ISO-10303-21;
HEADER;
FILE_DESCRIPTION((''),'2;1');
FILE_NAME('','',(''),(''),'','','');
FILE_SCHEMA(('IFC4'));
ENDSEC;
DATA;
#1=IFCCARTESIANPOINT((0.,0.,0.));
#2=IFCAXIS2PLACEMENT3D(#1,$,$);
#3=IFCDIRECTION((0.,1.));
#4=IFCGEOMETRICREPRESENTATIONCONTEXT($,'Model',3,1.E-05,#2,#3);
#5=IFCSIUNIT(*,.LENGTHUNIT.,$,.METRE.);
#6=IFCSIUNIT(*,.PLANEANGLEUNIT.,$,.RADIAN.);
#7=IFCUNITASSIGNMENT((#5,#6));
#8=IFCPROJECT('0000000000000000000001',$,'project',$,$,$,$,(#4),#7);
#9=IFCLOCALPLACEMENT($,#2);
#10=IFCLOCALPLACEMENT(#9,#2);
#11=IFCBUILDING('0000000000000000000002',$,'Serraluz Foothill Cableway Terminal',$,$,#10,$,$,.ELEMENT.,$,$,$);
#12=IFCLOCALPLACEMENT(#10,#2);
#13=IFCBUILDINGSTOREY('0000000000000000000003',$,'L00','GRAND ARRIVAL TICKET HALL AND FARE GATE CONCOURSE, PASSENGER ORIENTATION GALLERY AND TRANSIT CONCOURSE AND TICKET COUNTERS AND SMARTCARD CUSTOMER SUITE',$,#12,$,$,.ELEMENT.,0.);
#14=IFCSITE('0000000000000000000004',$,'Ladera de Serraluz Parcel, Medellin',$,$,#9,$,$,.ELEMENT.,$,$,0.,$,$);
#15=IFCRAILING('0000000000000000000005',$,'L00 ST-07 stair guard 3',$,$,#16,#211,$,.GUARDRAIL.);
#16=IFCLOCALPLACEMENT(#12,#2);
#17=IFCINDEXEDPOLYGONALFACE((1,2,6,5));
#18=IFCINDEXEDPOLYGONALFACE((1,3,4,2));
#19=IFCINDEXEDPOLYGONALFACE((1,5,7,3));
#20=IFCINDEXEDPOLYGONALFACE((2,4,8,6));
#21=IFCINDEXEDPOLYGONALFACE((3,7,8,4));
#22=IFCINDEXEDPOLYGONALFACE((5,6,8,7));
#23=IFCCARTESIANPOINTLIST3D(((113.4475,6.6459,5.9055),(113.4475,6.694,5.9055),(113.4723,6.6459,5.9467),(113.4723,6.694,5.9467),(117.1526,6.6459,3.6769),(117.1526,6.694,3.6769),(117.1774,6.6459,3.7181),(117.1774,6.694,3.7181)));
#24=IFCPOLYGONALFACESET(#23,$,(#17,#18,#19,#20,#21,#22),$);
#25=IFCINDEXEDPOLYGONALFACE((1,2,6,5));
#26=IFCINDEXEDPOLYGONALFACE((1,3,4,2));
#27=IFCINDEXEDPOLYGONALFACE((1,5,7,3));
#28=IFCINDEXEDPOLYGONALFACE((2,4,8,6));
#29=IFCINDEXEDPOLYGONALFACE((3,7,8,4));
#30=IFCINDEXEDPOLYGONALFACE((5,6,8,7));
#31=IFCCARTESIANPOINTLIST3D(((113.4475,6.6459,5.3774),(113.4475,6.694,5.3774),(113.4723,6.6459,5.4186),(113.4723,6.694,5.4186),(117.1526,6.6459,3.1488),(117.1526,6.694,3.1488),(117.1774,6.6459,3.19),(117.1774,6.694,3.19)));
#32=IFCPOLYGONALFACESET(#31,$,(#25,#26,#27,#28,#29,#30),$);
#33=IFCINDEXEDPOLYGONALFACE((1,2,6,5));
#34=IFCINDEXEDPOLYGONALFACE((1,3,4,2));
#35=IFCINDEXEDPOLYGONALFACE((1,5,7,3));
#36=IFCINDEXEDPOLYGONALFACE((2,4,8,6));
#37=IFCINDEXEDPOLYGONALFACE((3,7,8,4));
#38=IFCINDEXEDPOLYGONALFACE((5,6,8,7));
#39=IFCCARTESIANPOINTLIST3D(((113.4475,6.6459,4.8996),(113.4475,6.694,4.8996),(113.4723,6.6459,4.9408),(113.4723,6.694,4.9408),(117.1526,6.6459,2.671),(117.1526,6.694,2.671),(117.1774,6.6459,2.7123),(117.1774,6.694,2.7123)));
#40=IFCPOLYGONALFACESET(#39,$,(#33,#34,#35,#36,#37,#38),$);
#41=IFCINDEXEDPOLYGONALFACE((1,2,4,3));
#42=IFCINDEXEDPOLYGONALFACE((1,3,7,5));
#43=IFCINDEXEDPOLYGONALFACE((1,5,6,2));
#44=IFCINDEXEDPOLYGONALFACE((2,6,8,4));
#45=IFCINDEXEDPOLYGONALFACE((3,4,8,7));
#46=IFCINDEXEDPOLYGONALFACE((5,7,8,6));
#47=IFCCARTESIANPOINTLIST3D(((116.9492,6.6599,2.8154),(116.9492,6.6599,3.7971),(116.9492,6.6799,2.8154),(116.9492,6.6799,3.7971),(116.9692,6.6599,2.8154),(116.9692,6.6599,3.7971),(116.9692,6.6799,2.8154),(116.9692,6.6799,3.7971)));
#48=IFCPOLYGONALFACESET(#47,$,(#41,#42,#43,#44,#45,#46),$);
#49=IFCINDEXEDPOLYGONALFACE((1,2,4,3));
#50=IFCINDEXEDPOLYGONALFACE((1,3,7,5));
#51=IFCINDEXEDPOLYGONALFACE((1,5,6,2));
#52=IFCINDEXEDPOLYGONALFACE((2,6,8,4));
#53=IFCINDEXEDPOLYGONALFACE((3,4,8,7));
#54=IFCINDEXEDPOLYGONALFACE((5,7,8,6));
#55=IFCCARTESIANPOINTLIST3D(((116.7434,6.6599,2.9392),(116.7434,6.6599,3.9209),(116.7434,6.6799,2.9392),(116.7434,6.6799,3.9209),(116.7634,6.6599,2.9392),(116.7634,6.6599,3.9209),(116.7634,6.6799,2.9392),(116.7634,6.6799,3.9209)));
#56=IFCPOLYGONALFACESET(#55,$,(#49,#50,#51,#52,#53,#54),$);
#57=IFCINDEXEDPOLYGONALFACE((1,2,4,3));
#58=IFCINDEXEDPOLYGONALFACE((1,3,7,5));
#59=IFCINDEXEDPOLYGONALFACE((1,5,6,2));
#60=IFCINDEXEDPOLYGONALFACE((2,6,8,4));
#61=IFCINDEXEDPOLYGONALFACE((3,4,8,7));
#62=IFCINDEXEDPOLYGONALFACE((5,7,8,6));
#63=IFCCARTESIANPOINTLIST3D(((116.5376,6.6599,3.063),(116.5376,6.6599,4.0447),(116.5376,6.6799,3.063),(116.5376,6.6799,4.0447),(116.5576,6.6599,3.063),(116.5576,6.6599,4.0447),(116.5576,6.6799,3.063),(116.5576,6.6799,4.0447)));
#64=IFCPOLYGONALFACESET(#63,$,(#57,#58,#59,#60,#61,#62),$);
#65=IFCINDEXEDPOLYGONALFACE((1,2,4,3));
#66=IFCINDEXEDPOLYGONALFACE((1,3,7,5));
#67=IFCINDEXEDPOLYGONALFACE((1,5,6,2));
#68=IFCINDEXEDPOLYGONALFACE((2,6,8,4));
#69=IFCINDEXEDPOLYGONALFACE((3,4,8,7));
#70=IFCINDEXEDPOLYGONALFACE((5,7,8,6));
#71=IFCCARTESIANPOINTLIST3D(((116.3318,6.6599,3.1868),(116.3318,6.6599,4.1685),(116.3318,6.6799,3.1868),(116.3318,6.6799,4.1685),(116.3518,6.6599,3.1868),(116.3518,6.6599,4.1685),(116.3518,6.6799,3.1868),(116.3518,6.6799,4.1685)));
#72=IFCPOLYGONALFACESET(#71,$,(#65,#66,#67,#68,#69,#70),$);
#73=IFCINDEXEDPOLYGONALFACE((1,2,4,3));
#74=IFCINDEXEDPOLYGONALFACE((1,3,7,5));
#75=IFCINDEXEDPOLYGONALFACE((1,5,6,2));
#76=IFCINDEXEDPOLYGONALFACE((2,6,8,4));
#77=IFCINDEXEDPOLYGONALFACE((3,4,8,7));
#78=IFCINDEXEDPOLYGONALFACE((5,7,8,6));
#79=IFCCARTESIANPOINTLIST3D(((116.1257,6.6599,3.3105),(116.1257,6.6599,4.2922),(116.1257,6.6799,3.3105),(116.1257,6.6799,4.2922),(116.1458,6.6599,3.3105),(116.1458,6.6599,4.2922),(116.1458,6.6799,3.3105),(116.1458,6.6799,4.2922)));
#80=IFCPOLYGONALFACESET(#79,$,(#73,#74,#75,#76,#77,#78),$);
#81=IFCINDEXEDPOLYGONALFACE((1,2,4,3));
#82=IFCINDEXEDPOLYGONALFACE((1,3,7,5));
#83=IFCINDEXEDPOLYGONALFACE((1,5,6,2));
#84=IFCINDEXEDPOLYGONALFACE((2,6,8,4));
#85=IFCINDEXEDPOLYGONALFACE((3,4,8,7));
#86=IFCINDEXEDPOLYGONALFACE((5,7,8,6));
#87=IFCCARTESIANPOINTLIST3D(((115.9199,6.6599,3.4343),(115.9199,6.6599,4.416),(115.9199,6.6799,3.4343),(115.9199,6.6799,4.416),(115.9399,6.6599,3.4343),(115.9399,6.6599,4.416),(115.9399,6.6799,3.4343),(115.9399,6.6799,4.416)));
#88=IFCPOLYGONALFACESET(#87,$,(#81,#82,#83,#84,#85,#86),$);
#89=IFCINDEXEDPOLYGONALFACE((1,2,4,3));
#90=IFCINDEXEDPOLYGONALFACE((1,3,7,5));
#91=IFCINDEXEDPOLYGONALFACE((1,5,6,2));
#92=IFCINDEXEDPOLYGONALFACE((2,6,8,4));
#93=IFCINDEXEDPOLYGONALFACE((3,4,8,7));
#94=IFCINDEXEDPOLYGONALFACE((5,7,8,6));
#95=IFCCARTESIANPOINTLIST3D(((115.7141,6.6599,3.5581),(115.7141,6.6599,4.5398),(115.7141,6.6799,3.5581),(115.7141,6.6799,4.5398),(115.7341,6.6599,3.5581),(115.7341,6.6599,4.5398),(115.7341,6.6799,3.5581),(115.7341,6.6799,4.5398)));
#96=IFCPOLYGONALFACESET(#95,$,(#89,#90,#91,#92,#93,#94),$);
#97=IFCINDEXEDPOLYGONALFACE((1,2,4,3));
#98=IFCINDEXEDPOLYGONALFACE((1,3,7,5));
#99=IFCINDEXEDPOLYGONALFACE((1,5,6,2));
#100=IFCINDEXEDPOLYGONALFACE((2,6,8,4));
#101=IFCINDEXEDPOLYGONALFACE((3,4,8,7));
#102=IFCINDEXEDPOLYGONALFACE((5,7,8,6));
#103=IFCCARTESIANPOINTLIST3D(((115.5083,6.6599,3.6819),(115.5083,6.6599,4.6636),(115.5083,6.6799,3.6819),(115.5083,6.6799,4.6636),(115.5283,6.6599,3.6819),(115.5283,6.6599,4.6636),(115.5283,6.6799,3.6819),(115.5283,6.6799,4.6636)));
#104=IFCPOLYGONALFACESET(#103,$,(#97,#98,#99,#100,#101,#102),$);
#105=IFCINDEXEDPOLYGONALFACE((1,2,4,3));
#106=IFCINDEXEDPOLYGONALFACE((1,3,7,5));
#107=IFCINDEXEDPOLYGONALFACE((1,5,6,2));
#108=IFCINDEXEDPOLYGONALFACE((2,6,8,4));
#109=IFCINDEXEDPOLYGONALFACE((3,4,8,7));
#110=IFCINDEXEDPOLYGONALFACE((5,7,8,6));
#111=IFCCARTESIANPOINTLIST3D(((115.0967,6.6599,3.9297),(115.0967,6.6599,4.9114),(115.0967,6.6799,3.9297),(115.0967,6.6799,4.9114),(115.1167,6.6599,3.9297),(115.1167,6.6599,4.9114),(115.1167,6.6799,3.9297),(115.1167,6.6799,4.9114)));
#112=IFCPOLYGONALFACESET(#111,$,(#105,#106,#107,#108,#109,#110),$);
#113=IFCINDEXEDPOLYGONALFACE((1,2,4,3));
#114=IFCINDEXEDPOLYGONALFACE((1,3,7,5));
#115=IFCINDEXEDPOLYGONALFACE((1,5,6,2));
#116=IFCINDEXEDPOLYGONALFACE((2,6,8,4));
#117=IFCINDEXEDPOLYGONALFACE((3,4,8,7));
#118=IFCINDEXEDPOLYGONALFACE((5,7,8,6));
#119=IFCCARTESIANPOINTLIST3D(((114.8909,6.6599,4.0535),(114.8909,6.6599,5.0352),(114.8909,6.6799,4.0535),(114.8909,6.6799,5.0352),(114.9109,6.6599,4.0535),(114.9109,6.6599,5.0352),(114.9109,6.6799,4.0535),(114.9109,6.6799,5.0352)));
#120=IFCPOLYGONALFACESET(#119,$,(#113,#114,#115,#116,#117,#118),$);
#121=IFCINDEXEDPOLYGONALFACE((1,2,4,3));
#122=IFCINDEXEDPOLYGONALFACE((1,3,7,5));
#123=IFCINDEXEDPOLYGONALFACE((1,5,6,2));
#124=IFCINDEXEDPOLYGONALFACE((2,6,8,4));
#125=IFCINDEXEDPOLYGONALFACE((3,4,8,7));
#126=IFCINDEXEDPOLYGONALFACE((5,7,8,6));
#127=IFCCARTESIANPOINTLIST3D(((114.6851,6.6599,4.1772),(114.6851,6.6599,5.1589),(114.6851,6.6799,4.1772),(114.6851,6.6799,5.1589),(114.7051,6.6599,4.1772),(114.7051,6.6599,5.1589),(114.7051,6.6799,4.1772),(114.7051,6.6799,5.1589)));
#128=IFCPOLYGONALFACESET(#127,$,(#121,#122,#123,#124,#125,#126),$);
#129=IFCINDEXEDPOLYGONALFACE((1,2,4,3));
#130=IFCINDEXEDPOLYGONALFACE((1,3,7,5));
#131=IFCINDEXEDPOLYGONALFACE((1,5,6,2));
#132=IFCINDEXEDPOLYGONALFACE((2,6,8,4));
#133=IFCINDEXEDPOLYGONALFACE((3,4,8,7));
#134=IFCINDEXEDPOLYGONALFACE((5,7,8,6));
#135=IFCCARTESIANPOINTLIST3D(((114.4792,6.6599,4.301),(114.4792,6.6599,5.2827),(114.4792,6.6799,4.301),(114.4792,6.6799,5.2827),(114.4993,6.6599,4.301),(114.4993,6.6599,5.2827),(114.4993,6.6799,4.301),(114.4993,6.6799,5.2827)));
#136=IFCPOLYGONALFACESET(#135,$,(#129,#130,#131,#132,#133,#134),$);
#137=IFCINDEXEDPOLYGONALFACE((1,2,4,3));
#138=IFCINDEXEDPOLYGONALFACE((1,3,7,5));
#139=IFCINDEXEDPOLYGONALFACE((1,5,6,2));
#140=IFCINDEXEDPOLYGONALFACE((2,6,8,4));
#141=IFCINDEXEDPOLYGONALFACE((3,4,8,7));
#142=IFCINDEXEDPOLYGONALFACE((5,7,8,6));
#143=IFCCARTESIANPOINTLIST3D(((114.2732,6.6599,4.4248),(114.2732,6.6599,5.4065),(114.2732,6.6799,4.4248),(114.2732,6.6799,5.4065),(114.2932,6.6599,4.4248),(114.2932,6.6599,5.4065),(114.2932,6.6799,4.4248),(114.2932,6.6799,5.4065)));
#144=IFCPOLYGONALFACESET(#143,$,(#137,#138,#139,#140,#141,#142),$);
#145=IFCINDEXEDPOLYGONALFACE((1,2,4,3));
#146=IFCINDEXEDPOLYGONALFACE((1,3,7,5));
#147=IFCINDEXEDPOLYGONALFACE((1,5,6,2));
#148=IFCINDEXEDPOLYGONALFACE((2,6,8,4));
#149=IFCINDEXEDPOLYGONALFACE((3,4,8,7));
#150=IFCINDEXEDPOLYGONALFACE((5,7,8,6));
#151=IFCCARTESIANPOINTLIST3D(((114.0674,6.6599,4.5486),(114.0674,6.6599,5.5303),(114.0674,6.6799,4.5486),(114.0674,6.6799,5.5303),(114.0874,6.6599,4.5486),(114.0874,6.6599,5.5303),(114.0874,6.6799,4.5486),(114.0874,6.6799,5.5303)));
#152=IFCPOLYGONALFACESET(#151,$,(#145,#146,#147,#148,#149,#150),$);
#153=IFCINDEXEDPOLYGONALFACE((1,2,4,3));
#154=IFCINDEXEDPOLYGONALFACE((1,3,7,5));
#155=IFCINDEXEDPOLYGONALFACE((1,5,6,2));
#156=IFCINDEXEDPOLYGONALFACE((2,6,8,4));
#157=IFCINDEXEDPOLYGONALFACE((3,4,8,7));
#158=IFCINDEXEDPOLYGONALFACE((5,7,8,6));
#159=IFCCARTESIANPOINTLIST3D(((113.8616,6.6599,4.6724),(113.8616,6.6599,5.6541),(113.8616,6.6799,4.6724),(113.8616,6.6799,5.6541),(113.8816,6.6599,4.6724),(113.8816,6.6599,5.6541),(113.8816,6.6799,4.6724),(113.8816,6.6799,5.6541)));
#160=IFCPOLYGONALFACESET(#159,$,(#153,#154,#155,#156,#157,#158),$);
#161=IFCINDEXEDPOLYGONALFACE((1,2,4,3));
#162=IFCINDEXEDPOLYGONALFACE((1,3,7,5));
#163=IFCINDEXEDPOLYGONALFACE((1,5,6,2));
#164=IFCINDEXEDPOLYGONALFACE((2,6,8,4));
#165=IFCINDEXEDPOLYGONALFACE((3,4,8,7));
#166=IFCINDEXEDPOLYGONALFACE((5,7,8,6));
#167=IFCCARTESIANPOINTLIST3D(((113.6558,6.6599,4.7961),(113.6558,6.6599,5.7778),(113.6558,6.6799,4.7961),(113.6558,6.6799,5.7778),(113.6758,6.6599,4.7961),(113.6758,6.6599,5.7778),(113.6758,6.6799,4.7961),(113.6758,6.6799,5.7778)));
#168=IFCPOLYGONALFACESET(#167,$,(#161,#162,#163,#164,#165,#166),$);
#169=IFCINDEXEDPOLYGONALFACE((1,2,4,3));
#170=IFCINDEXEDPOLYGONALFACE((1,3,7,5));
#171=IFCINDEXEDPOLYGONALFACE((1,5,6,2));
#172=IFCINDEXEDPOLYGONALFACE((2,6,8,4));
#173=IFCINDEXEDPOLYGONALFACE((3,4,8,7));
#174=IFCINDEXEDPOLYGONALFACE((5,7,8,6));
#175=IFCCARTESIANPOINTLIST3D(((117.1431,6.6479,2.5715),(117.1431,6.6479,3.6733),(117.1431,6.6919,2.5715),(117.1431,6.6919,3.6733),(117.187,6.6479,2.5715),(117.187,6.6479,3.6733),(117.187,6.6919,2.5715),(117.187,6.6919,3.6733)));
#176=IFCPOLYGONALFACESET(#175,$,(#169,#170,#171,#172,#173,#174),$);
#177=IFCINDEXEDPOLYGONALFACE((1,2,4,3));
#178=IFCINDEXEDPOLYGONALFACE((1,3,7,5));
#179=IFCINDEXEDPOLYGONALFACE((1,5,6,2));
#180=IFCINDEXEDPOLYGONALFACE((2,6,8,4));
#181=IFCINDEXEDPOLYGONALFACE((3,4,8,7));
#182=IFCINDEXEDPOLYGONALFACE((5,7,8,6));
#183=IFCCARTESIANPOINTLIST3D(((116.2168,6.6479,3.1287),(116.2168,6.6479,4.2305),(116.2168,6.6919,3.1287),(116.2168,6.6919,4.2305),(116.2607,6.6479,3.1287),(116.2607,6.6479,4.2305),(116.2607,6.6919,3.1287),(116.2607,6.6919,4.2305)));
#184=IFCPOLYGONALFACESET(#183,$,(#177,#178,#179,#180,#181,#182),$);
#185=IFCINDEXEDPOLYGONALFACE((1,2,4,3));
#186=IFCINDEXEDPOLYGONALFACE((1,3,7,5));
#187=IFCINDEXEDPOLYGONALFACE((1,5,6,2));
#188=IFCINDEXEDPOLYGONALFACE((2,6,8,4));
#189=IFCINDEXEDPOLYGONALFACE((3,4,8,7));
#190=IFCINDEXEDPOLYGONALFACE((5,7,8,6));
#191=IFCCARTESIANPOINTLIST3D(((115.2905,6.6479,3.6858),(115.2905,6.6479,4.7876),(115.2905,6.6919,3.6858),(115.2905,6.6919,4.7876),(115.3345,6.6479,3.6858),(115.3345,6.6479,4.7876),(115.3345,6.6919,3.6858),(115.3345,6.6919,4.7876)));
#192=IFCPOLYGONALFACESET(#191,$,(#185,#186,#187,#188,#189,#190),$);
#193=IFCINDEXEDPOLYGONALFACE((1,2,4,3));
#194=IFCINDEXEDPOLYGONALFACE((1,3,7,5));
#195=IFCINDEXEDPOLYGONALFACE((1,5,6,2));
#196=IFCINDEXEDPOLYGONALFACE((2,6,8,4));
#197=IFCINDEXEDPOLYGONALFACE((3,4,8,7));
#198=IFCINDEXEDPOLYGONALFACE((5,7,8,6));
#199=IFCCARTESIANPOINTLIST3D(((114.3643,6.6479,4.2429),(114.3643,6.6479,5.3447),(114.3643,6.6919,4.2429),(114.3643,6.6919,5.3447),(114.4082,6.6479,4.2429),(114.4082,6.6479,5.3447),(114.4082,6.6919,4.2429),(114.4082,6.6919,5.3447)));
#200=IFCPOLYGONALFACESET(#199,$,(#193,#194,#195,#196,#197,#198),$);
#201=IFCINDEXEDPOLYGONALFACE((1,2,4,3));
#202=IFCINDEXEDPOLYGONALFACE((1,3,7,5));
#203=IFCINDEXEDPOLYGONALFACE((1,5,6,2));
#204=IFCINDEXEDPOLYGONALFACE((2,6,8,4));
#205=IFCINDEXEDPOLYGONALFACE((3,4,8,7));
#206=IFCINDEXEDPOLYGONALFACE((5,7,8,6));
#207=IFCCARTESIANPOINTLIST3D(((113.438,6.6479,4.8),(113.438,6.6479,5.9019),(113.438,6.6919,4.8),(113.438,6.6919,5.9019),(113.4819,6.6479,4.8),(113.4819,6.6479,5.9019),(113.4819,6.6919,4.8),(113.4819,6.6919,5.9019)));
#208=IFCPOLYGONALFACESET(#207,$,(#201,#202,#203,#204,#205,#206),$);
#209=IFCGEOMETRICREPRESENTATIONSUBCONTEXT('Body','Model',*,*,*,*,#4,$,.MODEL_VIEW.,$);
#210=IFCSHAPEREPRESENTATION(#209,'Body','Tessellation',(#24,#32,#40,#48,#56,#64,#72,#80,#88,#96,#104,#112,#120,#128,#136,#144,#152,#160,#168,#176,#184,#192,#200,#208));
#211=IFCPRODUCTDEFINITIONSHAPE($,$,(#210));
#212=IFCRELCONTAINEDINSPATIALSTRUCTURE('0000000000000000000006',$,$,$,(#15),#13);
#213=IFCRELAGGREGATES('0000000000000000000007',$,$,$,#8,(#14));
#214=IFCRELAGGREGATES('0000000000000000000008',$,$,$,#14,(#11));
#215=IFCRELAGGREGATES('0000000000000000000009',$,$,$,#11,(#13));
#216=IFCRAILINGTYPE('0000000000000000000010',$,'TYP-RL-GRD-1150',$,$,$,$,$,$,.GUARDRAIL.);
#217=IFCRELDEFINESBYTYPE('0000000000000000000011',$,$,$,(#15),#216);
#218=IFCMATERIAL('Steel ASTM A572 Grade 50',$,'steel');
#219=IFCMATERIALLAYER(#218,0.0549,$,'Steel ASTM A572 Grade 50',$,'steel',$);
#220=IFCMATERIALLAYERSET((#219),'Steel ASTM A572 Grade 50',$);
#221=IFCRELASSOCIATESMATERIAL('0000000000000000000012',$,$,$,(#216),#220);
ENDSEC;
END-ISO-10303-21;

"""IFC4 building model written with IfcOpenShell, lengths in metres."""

from ifc_helpers import new_model, si_unit, direction, frame, origin, origin_2d, place, context, subcontext, project, spatial, rectangle, extrude, material, layer, layer_set, type_object, element, save


model = new_model("IFC4")

# Units and contexts
model_context = context("Model", 3, precision=1e-05, world=origin(), true_north=direction((0.0, 1.0)))
body_context = subcontext(model_context, "Body", "Model", "MODEL_VIEW")
ifc_project = project(units=[si_unit("LENGTHUNIT", "METRE"), si_unit("PLANEANGLEUNIT", "RADIAN")], contexts=[model_context])

# Site, building, storey
site_placement = place(None, origin())
site = spatial("IfcSite", under=ifc_project, at=site_placement, Name="Ladera de Serraluz Parcel, Medellin", CompositionType="ELEMENT", RefElevation=0.0)
building_placement = place(site_placement, origin())
building = spatial("IfcBuilding", under=site, at=building_placement, Name="Serraluz Foothill Cableway Terminal", CompositionType="ELEMENT")
storey_placement = place(building_placement, origin())
storey = spatial("IfcBuildingStorey", under=building, at=storey_placement, Name="L00", Description="GRAND ARRIVAL TICKET HALL AND FARE GATE CONCOURSE, PASSENGER ORIENTATION GALLERY AND TRANSIT CONCOURSE AND TICKET COUNTERS AND SMARTCARD CUSTOMER SUITE", CompositionType="ELEMENT", Elevation=0.0)

# Railing
ifc_material_1 = material(Name="Steel ASTM A572 Grade 50", Category="steel")
ifc_layer_1 = layer(ifc_material_1, 0.0549, Name="Steel ASTM A572 Grade 50", Category="steel")
ifc_layer_set_1 = layer_set([ifc_layer_1], Name="Steel ASTM A572 Grade 50")
railing_type_1 = type_object("IfcRailingType", Name="TYP-RL-GRD-1150", PredefinedType="GUARDRAIL", material=ifc_layer_set_1)
railing_1_placement = place(storey_placement, frame((117.165, 6.6699, 2.5715)))
element("IfcRailing", 1, at=railing_1_placement, inside=storey, type_object=railing_type_1, Name="L00 ST-07 stair guard 3", PredefinedType="GUARDRAIL", context=body_context, shape_type="SweptSolid", body=[
    extrude(rectangle(XDim=0.0481, YDim=0.0481, at=origin_2d()), frame((0.0, 0.0, 1.126), z_axis=(-0.856934, 0.0, 0.515425), x_axis=(0.0, -1.0, 0.0)), (0.0, 0.0, 1.0), 4.3237),
    extrude(rectangle(XDim=0.0481, YDim=0.0481, at=origin_2d()), frame((0.0, 0.0, 0.5979), z_axis=(-0.856934, 0.0, 0.515425), x_axis=(0.0, -1.0, 0.0)), (0.0, 0.0, 1.0), 4.3237),
    extrude(rectangle(XDim=0.0481, YDim=0.0481, at=origin_2d()), frame((0.0, 0.0, 0.1201), z_axis=(-0.856934, 0.0, 0.515425), x_axis=(0.0, -1.0, 0.0)), (0.0, 0.0, 1.0), 4.3237),
    extrude(rectangle(XDim=0.02, YDim=0.02, at=origin_2d()), frame((-0.2058, 0.0, 0.2439)), (0.0, 0.0, 1.0), 0.9817),
    extrude(rectangle(XDim=0.02, YDim=0.02, at=origin_2d()), frame((-0.4116, 0.0, 0.3677)), (0.0, 0.0, 1.0), 0.9817),
    extrude(rectangle(XDim=0.02, YDim=0.02, at=origin_2d()), frame((-0.6174, 0.0, 0.4915)), (0.0, 0.0, 1.0), 0.9817),
    extrude(rectangle(XDim=0.02, YDim=0.02, at=origin_2d()), frame((-0.8232, 0.0, 0.6152)), (0.0, 0.0, 1.0), 0.9817),
    extrude(rectangle(XDim=0.02, YDim=0.02, at=origin_2d()), frame((-1.0293, 0.0, 0.739)), (0.0, 0.0, 1.0), 0.9817),
    extrude(rectangle(XDim=0.02, YDim=0.02, at=origin_2d()), frame((-1.2351, 0.0, 0.8628)), (0.0, 0.0, 1.0), 0.9817),
    extrude(rectangle(XDim=0.02, YDim=0.02, at=origin_2d()), frame((-1.4409, 0.0, 0.9866)), (0.0, 0.0, 1.0), 0.9817),
    extrude(rectangle(XDim=0.02, YDim=0.02, at=origin_2d()), frame((-1.6467, 0.0, 1.1104)), (0.0, 0.0, 1.0), 0.9817),
    extrude(rectangle(XDim=0.02, YDim=0.02, at=origin_2d()), frame((-2.0583, 0.0, 1.3582)), (0.0, 0.0, 1.0), 0.9817),
    extrude(rectangle(XDim=0.02, YDim=0.02, at=origin_2d()), frame((-2.2642, 0.0, 1.4819)), (0.0, 0.0, 1.0), 0.9817),
    extrude(rectangle(XDim=0.02, YDim=0.02, at=origin_2d()), frame((-2.47, 0.0, 1.6057)), (0.0, 0.0, 1.0), 0.9817),
    extrude(rectangle(XDim=0.02, YDim=0.02, at=origin_2d()), frame((-2.6758, 0.0, 1.7295)), (0.0, 0.0, 1.0), 0.9817),
    extrude(rectangle(XDim=0.02, YDim=0.02, at=origin_2d()), frame((-2.8818, 0.0, 1.8533)), (0.0, 0.0, 1.0), 0.9817),
    extrude(rectangle(XDim=0.02, YDim=0.02, at=origin_2d()), frame((-3.0876, 0.0, 1.9771)), (0.0, 0.0, 1.0), 0.9817),
    extrude(rectangle(XDim=0.02, YDim=0.02, at=origin_2d()), frame((-3.2935, 0.0, 2.1008)), (0.0, 0.0, 1.0), 0.9817),
    extrude(rectangle(XDim=0.02, YDim=0.02, at=origin_2d()), frame((-3.4993, 0.0, 2.2246)), (0.0, 0.0, 1.0), 0.9817),
    extrude(rectangle(XDim=0.0439, YDim=0.0439, at=origin_2d()), origin(), (0.0, 0.0, 1.0), 1.1018),
    extrude(rectangle(XDim=0.0439, YDim=0.0439, at=origin_2d()), frame((-0.9263, 0.0, 0.5571)), (0.0, 0.0, 1.0), 1.1018),
    extrude(rectangle(XDim=0.0439, YDim=0.0439, at=origin_2d()), frame((-1.8525, 0.0, 1.1143)), (0.0, 0.0, 1.0), 1.1018),
    extrude(rectangle(XDim=0.0439, YDim=0.0439, at=origin_2d()), frame((-2.7788, 0.0, 1.6714)), (0.0, 0.0, 1.0), 1.1018),
    extrude(rectangle(XDim=0.0439, YDim=0.0439, at=origin_2d()), frame((-3.7051, 0.0, 2.2285)), (0.0, 0.0, 1.0), 1.1018),
])

save(model, "model.ifc")
